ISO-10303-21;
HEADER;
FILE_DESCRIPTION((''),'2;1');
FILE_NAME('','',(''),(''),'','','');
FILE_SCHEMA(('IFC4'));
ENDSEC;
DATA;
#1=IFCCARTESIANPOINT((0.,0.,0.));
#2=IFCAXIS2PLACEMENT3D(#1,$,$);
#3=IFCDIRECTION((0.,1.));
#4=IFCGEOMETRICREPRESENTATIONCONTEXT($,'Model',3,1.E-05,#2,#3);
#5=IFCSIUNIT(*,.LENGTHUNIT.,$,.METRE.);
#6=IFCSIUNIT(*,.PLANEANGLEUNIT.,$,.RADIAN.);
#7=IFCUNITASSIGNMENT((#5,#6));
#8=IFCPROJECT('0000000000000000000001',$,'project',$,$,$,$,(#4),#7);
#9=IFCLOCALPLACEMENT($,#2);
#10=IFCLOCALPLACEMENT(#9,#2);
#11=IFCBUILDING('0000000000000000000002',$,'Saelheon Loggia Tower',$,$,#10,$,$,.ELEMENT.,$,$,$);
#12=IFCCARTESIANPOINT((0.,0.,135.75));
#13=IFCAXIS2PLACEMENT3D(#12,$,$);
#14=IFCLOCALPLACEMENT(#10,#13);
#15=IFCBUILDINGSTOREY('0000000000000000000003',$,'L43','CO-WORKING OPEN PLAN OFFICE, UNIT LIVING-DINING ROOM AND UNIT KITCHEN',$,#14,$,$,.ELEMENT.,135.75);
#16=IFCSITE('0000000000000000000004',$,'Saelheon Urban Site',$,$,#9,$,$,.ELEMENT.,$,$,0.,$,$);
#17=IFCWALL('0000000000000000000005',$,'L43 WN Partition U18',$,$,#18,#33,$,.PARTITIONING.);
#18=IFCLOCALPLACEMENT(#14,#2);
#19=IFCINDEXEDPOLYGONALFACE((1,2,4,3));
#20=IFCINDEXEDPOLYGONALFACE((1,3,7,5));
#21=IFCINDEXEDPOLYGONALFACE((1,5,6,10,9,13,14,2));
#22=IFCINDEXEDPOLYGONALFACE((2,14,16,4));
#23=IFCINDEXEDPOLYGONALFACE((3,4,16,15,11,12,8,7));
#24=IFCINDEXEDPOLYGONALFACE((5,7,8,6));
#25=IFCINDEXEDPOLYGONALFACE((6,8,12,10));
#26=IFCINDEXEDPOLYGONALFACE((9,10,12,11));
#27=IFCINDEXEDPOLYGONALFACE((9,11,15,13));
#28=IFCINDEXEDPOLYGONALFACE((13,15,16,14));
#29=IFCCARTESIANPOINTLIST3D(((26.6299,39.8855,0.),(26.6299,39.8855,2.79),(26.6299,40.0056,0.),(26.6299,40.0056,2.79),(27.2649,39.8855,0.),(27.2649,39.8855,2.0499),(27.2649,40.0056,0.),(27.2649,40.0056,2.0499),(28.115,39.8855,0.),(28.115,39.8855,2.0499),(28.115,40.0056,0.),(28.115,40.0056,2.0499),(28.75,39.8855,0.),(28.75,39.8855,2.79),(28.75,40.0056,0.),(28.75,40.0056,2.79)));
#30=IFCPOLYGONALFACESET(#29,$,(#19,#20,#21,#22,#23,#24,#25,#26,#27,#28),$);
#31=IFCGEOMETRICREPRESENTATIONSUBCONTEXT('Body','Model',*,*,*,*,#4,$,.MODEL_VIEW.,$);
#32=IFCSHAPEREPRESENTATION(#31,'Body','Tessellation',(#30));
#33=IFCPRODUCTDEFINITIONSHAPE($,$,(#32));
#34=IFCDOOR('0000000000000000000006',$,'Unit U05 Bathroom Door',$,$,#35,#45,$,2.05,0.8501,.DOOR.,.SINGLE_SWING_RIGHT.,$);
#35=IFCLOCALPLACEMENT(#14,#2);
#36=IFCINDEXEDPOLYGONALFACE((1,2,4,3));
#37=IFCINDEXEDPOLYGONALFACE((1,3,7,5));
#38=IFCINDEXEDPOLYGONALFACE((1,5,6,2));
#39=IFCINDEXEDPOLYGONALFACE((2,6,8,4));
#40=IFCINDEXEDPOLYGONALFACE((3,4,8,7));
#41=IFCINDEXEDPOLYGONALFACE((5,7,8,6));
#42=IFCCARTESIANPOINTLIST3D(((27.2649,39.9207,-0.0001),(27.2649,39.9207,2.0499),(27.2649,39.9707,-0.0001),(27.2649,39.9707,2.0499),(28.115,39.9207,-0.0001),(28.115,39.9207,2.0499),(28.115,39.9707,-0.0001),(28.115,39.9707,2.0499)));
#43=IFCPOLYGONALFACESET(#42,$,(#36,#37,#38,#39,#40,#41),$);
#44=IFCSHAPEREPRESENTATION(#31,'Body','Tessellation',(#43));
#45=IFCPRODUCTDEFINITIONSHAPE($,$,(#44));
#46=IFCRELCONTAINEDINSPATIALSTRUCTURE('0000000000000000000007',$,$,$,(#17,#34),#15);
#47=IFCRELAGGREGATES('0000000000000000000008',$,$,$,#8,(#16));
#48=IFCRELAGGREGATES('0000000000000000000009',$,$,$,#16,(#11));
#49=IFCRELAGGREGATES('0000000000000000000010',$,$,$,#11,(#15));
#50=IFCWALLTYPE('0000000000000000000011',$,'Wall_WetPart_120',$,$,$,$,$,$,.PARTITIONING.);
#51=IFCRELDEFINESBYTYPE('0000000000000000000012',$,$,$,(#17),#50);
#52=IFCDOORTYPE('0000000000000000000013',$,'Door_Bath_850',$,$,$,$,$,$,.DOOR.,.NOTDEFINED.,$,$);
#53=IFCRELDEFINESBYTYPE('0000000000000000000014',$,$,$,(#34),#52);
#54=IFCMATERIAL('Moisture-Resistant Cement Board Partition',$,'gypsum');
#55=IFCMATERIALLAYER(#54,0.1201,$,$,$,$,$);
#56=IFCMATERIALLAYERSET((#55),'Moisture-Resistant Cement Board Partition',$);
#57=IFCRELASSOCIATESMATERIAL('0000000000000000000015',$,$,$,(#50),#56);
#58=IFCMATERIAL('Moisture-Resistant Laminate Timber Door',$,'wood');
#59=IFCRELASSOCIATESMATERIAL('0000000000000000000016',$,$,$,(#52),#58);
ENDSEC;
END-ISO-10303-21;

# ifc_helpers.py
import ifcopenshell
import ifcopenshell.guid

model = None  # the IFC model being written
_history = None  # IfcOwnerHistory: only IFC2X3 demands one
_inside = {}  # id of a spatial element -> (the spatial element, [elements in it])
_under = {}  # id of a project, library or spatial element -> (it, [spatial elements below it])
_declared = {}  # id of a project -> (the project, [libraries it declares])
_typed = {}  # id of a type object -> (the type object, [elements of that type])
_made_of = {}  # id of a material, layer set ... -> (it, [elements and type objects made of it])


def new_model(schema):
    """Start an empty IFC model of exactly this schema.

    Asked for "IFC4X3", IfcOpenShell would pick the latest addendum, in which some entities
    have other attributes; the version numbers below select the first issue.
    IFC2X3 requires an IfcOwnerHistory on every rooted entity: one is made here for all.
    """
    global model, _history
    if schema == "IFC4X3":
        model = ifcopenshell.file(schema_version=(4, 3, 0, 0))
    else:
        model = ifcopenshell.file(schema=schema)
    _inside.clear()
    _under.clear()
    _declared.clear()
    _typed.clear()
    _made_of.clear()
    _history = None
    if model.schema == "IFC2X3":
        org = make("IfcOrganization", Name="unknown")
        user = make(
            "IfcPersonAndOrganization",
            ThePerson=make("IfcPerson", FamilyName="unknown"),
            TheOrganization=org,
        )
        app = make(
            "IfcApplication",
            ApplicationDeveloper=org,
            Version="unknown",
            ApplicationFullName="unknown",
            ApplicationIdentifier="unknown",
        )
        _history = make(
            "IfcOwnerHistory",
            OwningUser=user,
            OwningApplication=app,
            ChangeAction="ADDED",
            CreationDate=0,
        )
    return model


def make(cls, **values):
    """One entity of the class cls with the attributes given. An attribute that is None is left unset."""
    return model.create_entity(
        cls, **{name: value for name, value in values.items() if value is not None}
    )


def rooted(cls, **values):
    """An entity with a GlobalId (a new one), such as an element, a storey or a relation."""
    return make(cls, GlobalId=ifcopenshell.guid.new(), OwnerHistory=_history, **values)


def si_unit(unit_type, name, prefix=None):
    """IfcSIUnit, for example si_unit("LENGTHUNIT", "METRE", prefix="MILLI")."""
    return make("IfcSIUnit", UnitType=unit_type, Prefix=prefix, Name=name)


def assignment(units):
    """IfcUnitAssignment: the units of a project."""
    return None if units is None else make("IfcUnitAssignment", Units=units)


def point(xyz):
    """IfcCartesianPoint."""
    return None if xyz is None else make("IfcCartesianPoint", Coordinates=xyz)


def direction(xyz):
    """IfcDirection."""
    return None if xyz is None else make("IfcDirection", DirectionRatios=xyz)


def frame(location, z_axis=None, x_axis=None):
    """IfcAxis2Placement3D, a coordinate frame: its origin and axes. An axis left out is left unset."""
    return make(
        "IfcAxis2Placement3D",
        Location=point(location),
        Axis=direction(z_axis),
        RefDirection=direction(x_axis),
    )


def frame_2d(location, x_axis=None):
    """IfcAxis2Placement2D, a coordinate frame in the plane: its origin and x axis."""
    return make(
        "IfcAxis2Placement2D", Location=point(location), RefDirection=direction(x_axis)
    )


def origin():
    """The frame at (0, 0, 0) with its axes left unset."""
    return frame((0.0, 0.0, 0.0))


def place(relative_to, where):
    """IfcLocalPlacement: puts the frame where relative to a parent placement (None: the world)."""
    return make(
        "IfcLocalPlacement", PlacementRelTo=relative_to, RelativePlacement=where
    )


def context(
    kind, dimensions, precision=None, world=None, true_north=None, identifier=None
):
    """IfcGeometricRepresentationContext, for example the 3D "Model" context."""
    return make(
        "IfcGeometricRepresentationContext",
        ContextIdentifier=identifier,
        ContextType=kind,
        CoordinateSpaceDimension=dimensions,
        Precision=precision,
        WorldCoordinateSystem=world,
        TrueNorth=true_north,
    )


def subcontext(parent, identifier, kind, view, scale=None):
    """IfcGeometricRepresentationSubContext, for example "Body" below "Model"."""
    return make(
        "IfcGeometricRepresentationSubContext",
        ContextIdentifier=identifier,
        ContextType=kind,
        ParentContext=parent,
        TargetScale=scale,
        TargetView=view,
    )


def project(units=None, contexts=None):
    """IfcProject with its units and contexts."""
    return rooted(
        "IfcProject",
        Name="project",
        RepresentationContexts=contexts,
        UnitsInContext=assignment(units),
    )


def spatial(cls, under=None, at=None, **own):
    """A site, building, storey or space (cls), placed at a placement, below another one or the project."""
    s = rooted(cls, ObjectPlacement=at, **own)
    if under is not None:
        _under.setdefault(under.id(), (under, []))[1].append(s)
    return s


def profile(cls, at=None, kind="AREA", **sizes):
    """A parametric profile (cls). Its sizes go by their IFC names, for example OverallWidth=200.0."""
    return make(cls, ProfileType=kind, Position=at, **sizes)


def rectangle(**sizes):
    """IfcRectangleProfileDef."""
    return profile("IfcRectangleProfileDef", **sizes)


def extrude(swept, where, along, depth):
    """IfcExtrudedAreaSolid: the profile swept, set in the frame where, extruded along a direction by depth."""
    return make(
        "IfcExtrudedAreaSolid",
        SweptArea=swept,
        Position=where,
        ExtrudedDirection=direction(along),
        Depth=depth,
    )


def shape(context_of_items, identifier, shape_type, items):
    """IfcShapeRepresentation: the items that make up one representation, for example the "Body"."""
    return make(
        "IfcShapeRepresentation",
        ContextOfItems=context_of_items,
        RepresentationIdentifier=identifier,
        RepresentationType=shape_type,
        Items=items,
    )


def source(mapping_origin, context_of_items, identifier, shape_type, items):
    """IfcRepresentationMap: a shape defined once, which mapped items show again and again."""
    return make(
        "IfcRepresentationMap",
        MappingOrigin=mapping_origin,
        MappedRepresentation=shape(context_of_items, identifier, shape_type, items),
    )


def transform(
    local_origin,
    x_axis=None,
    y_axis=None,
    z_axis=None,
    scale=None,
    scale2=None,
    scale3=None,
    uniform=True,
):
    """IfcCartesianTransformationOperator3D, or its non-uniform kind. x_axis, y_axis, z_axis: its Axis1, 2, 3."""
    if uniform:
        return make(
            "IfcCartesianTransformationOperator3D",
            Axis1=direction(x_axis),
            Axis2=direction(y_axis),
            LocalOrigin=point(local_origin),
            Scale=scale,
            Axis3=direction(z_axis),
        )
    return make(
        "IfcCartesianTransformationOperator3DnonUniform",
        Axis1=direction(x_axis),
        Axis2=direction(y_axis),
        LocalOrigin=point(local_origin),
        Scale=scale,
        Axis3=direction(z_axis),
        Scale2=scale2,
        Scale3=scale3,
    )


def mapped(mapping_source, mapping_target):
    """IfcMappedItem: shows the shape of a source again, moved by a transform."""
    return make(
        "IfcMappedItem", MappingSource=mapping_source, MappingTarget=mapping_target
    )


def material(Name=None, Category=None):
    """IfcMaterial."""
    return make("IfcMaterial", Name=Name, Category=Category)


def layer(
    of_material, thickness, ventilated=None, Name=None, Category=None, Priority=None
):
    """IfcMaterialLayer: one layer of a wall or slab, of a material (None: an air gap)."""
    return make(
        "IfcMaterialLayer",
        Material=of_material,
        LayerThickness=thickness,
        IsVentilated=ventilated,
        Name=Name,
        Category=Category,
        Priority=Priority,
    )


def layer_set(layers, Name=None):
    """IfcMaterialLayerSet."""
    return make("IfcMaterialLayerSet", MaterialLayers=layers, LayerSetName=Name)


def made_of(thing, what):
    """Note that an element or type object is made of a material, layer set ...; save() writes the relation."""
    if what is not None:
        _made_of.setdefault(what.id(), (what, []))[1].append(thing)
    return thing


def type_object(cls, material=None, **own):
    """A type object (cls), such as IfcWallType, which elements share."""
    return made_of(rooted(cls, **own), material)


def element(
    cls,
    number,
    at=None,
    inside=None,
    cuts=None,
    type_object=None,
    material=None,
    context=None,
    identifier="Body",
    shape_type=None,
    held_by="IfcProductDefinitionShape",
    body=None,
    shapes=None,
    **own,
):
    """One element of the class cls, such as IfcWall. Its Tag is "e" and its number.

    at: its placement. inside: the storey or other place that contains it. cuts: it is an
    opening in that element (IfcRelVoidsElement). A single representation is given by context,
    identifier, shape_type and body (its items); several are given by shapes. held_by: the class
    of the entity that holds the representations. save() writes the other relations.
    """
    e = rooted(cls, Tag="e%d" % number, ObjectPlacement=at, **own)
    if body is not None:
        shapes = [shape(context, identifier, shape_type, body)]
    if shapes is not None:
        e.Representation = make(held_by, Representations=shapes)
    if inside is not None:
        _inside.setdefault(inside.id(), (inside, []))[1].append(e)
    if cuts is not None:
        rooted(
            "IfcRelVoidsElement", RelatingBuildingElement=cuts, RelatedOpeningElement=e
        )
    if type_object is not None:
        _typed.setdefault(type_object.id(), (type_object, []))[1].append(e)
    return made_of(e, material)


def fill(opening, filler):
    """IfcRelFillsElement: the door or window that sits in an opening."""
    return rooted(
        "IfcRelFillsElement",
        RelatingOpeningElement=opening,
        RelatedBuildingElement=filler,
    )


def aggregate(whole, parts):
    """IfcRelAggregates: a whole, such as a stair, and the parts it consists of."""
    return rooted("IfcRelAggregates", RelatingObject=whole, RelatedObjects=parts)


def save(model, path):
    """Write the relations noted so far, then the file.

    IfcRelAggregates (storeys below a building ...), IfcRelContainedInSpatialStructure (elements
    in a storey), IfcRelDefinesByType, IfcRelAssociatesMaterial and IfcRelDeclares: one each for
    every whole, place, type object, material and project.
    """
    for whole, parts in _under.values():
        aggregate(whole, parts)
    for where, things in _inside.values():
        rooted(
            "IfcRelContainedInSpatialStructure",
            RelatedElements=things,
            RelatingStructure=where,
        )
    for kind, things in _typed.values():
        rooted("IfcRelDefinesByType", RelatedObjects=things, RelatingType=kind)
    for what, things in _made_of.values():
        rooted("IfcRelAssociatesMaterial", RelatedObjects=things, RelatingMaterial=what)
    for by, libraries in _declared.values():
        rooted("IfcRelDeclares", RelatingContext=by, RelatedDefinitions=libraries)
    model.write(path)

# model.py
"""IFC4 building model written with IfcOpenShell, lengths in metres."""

from ifc_helpers import new_model, si_unit, direction, frame, frame_2d, origin, place, context, subcontext, project, spatial, rectangle, extrude, source, transform, mapped, material, layer, layer_set, type_object, element, fill, save


model = new_model("IFC4")

# Units and contexts
model_context = context("Model", 3, precision=1e-05, world=origin(), true_north=direction((0.0, 1.0)))
body_context = subcontext(model_context, "Body", "Model", "MODEL_VIEW")
ifc_project = project(units=[si_unit("LENGTHUNIT", "METRE"), si_unit("PLANEANGLEUNIT", "RADIAN")], contexts=[model_context])

# Site, building, storey
site_placement = place(None, origin())
site = spatial("IfcSite", under=ifc_project, at=site_placement, Name="Saelheon Urban Site", CompositionType="ELEMENT", RefElevation=0.0)
building_placement = place(site_placement, origin())
building = spatial("IfcBuilding", under=site, at=building_placement, Name="Saelheon Loggia Tower", CompositionType="ELEMENT")
storey_placement = place(building_placement, frame((0.0, 0.0, 135.75)))
storey = spatial("IfcBuildingStorey", under=building, at=storey_placement, Name="L43", Description="CO-WORKING OPEN PLAN OFFICE, UNIT LIVING-DINING ROOM AND UNIT KITCHEN", CompositionType="ELEMENT", Elevation=135.75)

# Shared definitions
ifc_material_1 = material(Name="Moisture-Resistant Cement Board Partition", Category="gypsum")
ifc_layer_1 = layer(ifc_material_1, 0.1201)
ifc_layer_set_1 = layer_set([ifc_layer_1], Name="Moisture-Resistant Cement Board Partition")
wall_type_1 = type_object("IfcWallType", Name="Wall_WetPart_120", PredefinedType="PARTITIONING", material=ifc_layer_set_1)

# Wall, opening, door
wall_1_placement = place(storey_placement, frame((28.75, 39.9456, 0.0), z_axis=(0.0, 0.0, 1.0), x_axis=(-1.0, 0.0, 0.0)))
wall_1 = element("IfcWall", 1, at=wall_1_placement, inside=storey, type_object=wall_type_1, Name="L43 WN Partition U18", PredefinedType="PARTITIONING", context=body_context, shape_type="SweptSolid", body=[
    extrude(rectangle(XDim=2.1201, YDim=0.1201, at=frame_2d((1.0601, 0.0))), origin(), (0.0, 0.0, 1.0), 2.79),
])
opening_1_placement = place(wall_1_placement, frame((0.635, 0.0, 0.0)))
opening_1 = element("IfcOpeningElement", 2, at=opening_1_placement, cuts=wall_1, PredefinedType="OPENING", context=body_context, shape_type="SweptSolid", body=[
    extrude(rectangle(XDim=0.8501, YDim=2.05, at=frame_2d((0.425, 1.0249))), frame((0.0, 0.072, 0.0), z_axis=(0.0, -1.0, 0.0), x_axis=(1.0, 0.0, 0.0)), (0.0, 0.0, 1.0), 0.144),
])
ifc_material_2 = material(Name="Moisture-Resistant Laminate Timber Door", Category="wood")
door_type_1 = type_object("IfcDoorType", Name="Door_Bath_850", OperationType="NOTDEFINED", PredefinedType="DOOR", material=ifc_material_2)
shared_shape_1 = source(origin(), body_context, "Body", "SweptSolid", [
    extrude(rectangle(XDim=0.8501, YDim=2.05, at=frame_2d((0.425, 1.0249))), frame((0.0, 0.0249, 0.0), z_axis=(0.0, -1.0, 0.0), x_axis=(1.0, 0.0, 0.0)), (0.0, 0.0, 1.0), 0.05),
])
door_1_placement = place(opening_1_placement, origin())
door_1 = element("IfcDoor", 3, at=door_1_placement, inside=storey, type_object=door_type_1, Name="Unit U05 Bathroom Door", OperationType="SINGLE_SWING_RIGHT", OverallHeight=2.05, OverallWidth=0.8501, PredefinedType="DOOR", context=body_context, shape_type="MappedRepresentation", body=[
    mapped(shared_shape_1, transform((0.0, 0.0, 0.0), scale=1.0)),
])
fill(opening_1, door_1)

save(model, "model.ifc")
